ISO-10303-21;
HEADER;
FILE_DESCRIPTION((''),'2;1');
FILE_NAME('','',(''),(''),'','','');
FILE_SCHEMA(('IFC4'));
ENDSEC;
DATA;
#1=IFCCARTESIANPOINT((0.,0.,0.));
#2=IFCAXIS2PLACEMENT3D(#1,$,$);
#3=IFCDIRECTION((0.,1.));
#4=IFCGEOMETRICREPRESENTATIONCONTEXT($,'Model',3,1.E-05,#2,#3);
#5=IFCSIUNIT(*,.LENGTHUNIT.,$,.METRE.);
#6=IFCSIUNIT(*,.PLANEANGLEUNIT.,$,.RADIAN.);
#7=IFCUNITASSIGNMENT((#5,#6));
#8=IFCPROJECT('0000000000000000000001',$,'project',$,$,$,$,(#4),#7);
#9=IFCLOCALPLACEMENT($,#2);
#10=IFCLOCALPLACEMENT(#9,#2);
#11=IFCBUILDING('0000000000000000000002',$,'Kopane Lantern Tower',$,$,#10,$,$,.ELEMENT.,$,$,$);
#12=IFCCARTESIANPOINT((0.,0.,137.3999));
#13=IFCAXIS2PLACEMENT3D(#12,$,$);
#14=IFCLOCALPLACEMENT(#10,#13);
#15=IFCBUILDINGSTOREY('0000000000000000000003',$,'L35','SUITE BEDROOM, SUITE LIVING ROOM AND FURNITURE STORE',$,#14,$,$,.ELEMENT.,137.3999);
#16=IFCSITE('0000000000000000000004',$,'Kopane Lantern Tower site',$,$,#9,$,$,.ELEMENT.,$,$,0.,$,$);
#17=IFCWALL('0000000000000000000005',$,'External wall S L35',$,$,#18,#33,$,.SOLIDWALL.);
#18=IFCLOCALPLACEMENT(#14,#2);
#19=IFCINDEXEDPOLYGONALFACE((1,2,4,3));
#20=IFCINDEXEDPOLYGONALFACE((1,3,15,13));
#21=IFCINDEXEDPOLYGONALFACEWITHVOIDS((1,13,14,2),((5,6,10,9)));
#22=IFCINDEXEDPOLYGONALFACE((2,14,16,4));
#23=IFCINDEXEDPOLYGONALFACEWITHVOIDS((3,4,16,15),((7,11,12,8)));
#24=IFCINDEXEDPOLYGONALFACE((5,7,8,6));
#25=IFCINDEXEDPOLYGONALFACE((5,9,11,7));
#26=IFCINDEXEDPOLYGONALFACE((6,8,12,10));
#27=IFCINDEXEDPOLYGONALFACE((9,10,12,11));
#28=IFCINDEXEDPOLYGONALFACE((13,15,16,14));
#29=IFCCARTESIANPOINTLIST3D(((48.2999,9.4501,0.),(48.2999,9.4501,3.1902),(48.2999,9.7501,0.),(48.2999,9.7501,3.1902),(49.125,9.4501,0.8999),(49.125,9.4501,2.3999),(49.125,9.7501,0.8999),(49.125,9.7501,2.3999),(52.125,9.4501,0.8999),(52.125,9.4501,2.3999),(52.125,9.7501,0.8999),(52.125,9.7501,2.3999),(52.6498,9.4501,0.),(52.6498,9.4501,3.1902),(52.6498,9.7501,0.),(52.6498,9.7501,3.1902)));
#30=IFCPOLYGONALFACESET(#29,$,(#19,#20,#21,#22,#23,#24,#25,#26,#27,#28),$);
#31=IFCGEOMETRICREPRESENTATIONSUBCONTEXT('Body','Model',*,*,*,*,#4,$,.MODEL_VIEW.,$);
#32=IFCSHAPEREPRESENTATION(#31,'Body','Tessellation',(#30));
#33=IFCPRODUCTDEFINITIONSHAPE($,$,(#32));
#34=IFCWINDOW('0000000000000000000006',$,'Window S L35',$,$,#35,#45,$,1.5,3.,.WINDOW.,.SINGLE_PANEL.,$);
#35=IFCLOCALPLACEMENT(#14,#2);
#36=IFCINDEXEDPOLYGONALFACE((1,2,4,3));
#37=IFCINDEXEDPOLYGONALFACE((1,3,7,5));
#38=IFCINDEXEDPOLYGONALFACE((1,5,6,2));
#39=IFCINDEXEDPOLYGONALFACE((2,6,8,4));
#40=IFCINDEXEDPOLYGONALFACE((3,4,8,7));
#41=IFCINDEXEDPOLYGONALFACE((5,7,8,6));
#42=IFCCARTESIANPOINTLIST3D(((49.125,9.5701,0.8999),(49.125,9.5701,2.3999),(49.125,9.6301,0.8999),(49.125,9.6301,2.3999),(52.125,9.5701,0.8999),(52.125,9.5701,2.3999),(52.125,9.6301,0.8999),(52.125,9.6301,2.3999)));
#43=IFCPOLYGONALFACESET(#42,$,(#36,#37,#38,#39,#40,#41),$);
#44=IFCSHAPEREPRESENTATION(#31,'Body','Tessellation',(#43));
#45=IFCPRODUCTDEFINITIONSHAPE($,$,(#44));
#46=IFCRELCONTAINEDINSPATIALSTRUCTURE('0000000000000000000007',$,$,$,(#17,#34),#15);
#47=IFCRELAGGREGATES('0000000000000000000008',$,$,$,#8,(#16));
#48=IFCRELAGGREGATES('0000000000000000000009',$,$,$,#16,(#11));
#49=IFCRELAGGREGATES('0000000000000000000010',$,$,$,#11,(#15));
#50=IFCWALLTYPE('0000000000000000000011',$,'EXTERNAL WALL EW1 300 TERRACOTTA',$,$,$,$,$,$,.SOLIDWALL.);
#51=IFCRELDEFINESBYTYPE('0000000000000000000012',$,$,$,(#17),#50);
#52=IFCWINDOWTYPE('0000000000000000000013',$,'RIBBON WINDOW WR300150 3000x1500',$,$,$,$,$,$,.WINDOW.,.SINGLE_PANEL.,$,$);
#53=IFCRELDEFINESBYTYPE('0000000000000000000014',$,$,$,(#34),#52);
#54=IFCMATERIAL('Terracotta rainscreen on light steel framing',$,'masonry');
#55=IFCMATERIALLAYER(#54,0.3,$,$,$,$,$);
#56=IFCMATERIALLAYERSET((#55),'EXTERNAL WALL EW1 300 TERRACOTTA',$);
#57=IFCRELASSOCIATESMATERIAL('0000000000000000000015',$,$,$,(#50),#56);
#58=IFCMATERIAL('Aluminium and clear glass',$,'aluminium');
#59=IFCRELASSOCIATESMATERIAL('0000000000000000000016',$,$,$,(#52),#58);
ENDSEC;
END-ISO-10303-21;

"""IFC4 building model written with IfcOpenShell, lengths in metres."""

from ifc_helpers import new_model, si_unit, direction, frame, frame_2d, origin, place, context, subcontext, project, spatial, rectangle, extrude, material, layer, layer_set, type_object, element, fill, save


model = new_model("IFC4")

# Units and contexts
model_context = context("Model", 3, precision=1e-05, world=origin(), true_north=direction((0.0, 1.0)))
body_context = subcontext(model_context, "Body", "Model", "MODEL_VIEW")
ifc_project = project(units=[si_unit("LENGTHUNIT", "METRE"), si_unit("PLANEANGLEUNIT", "RADIAN")], contexts=[model_context])

# Site, building, storey
site_placement = place(None, origin())
site = spatial("IfcSite", under=ifc_project, at=site_placement, Name="Kopane Lantern Tower site", CompositionType="ELEMENT", RefElevation=0.0)
building_placement = place(site_placement, origin())
building = spatial("IfcBuilding", under=site, at=building_placement, Name="Kopane Lantern Tower", CompositionType="ELEMENT")
storey_placement = place(building_placement, frame((0.0, 0.0, 137.3999)))
storey = spatial("IfcBuildingStorey", under=building, at=storey_placement, Name="L35", Description="SUITE BEDROOM, SUITE LIVING ROOM AND FURNITURE STORE", CompositionType="ELEMENT", Elevation=137.3999)

# Wall, opening, window
ifc_material_1 = material(Name="Terracotta rainscreen on light steel framing", Category="masonry")
ifc_layer_1 = layer(ifc_material_1, 0.3)
ifc_layer_set_1 = layer_set([ifc_layer_1], Name="EXTERNAL WALL EW1 300 TERRACOTTA")
wall_type_1 = type_object("IfcWallType", Name="EXTERNAL WALL EW1 300 TERRACOTTA", PredefinedType="SOLIDWALL", material=ifc_layer_set_1)
ifc_material_2 = material(Name="Aluminium and clear glass", Category="aluminium")
window_type = type_object("IfcWindowType", Name="RIBBON WINDOW WR300150 3000x1500", PartitioningType="SINGLE_PANEL", PredefinedType="WINDOW", material=ifc_material_2)
wall_1_placement = place(storey_placement, frame((48.3, 9.6001, 0.0), z_axis=(0.0, 0.0, 1.0), x_axis=(1.0, 0.0, 0.0)))
wall_1 = element("IfcWall", 1, at=wall_1_placement, inside=storey, type_object=wall_type_1, Name="External wall S L35", PredefinedType="SOLIDWALL", context=body_context, shape_type="SweptSolid", body=[
    extrude(rectangle(XDim=4.3499, YDim=0.3, at=frame_2d((2.1748, 0.0))), origin(), (0.0, 0.0, 1.0), 3.1902),
])
opening_1_placement = place(wall_1_placement, frame((0.825, 0.0, 0.8999)))
opening_1 = element("IfcOpeningElement", 2, at=opening_1_placement, cuts=wall_1, PredefinedType="OPENING", context=body_context, shape_type="SweptSolid", body=[
    extrude(rectangle(XDim=3.0, YDim=1.5, at=frame_2d((1.5, 0.75))), frame((0.0, 0.1599, 0.0), z_axis=(0.0, -1.0, 0.0), x_axis=(1.0, 0.0, 0.0)), (0.0, 0.0, 1.0), 0.3201),
])
window_1_placement = place(opening_1_placement, origin())
window_1 = element("IfcWindow", 3, at=window_1_placement, inside=storey, type_object=window_type, Name="Window S L35", OverallHeight=1.5, OverallWidth=3.0, PartitioningType="SINGLE_PANEL", PredefinedType="WINDOW", context=body_context, shape_type="SweptSolid", body=[
    extrude(rectangle(XDim=3.0, YDim=1.5, at=frame_2d((1.5, 0.75))), frame((0.0, 0.03, 0.0), z_axis=(0.0, -1.0, 0.0), x_axis=(1.0, 0.0, 0.0)), (0.0, 0.0, 1.0), 0.0601),
])
fill(opening_1, window_1)

save(model, "model.ifc")
